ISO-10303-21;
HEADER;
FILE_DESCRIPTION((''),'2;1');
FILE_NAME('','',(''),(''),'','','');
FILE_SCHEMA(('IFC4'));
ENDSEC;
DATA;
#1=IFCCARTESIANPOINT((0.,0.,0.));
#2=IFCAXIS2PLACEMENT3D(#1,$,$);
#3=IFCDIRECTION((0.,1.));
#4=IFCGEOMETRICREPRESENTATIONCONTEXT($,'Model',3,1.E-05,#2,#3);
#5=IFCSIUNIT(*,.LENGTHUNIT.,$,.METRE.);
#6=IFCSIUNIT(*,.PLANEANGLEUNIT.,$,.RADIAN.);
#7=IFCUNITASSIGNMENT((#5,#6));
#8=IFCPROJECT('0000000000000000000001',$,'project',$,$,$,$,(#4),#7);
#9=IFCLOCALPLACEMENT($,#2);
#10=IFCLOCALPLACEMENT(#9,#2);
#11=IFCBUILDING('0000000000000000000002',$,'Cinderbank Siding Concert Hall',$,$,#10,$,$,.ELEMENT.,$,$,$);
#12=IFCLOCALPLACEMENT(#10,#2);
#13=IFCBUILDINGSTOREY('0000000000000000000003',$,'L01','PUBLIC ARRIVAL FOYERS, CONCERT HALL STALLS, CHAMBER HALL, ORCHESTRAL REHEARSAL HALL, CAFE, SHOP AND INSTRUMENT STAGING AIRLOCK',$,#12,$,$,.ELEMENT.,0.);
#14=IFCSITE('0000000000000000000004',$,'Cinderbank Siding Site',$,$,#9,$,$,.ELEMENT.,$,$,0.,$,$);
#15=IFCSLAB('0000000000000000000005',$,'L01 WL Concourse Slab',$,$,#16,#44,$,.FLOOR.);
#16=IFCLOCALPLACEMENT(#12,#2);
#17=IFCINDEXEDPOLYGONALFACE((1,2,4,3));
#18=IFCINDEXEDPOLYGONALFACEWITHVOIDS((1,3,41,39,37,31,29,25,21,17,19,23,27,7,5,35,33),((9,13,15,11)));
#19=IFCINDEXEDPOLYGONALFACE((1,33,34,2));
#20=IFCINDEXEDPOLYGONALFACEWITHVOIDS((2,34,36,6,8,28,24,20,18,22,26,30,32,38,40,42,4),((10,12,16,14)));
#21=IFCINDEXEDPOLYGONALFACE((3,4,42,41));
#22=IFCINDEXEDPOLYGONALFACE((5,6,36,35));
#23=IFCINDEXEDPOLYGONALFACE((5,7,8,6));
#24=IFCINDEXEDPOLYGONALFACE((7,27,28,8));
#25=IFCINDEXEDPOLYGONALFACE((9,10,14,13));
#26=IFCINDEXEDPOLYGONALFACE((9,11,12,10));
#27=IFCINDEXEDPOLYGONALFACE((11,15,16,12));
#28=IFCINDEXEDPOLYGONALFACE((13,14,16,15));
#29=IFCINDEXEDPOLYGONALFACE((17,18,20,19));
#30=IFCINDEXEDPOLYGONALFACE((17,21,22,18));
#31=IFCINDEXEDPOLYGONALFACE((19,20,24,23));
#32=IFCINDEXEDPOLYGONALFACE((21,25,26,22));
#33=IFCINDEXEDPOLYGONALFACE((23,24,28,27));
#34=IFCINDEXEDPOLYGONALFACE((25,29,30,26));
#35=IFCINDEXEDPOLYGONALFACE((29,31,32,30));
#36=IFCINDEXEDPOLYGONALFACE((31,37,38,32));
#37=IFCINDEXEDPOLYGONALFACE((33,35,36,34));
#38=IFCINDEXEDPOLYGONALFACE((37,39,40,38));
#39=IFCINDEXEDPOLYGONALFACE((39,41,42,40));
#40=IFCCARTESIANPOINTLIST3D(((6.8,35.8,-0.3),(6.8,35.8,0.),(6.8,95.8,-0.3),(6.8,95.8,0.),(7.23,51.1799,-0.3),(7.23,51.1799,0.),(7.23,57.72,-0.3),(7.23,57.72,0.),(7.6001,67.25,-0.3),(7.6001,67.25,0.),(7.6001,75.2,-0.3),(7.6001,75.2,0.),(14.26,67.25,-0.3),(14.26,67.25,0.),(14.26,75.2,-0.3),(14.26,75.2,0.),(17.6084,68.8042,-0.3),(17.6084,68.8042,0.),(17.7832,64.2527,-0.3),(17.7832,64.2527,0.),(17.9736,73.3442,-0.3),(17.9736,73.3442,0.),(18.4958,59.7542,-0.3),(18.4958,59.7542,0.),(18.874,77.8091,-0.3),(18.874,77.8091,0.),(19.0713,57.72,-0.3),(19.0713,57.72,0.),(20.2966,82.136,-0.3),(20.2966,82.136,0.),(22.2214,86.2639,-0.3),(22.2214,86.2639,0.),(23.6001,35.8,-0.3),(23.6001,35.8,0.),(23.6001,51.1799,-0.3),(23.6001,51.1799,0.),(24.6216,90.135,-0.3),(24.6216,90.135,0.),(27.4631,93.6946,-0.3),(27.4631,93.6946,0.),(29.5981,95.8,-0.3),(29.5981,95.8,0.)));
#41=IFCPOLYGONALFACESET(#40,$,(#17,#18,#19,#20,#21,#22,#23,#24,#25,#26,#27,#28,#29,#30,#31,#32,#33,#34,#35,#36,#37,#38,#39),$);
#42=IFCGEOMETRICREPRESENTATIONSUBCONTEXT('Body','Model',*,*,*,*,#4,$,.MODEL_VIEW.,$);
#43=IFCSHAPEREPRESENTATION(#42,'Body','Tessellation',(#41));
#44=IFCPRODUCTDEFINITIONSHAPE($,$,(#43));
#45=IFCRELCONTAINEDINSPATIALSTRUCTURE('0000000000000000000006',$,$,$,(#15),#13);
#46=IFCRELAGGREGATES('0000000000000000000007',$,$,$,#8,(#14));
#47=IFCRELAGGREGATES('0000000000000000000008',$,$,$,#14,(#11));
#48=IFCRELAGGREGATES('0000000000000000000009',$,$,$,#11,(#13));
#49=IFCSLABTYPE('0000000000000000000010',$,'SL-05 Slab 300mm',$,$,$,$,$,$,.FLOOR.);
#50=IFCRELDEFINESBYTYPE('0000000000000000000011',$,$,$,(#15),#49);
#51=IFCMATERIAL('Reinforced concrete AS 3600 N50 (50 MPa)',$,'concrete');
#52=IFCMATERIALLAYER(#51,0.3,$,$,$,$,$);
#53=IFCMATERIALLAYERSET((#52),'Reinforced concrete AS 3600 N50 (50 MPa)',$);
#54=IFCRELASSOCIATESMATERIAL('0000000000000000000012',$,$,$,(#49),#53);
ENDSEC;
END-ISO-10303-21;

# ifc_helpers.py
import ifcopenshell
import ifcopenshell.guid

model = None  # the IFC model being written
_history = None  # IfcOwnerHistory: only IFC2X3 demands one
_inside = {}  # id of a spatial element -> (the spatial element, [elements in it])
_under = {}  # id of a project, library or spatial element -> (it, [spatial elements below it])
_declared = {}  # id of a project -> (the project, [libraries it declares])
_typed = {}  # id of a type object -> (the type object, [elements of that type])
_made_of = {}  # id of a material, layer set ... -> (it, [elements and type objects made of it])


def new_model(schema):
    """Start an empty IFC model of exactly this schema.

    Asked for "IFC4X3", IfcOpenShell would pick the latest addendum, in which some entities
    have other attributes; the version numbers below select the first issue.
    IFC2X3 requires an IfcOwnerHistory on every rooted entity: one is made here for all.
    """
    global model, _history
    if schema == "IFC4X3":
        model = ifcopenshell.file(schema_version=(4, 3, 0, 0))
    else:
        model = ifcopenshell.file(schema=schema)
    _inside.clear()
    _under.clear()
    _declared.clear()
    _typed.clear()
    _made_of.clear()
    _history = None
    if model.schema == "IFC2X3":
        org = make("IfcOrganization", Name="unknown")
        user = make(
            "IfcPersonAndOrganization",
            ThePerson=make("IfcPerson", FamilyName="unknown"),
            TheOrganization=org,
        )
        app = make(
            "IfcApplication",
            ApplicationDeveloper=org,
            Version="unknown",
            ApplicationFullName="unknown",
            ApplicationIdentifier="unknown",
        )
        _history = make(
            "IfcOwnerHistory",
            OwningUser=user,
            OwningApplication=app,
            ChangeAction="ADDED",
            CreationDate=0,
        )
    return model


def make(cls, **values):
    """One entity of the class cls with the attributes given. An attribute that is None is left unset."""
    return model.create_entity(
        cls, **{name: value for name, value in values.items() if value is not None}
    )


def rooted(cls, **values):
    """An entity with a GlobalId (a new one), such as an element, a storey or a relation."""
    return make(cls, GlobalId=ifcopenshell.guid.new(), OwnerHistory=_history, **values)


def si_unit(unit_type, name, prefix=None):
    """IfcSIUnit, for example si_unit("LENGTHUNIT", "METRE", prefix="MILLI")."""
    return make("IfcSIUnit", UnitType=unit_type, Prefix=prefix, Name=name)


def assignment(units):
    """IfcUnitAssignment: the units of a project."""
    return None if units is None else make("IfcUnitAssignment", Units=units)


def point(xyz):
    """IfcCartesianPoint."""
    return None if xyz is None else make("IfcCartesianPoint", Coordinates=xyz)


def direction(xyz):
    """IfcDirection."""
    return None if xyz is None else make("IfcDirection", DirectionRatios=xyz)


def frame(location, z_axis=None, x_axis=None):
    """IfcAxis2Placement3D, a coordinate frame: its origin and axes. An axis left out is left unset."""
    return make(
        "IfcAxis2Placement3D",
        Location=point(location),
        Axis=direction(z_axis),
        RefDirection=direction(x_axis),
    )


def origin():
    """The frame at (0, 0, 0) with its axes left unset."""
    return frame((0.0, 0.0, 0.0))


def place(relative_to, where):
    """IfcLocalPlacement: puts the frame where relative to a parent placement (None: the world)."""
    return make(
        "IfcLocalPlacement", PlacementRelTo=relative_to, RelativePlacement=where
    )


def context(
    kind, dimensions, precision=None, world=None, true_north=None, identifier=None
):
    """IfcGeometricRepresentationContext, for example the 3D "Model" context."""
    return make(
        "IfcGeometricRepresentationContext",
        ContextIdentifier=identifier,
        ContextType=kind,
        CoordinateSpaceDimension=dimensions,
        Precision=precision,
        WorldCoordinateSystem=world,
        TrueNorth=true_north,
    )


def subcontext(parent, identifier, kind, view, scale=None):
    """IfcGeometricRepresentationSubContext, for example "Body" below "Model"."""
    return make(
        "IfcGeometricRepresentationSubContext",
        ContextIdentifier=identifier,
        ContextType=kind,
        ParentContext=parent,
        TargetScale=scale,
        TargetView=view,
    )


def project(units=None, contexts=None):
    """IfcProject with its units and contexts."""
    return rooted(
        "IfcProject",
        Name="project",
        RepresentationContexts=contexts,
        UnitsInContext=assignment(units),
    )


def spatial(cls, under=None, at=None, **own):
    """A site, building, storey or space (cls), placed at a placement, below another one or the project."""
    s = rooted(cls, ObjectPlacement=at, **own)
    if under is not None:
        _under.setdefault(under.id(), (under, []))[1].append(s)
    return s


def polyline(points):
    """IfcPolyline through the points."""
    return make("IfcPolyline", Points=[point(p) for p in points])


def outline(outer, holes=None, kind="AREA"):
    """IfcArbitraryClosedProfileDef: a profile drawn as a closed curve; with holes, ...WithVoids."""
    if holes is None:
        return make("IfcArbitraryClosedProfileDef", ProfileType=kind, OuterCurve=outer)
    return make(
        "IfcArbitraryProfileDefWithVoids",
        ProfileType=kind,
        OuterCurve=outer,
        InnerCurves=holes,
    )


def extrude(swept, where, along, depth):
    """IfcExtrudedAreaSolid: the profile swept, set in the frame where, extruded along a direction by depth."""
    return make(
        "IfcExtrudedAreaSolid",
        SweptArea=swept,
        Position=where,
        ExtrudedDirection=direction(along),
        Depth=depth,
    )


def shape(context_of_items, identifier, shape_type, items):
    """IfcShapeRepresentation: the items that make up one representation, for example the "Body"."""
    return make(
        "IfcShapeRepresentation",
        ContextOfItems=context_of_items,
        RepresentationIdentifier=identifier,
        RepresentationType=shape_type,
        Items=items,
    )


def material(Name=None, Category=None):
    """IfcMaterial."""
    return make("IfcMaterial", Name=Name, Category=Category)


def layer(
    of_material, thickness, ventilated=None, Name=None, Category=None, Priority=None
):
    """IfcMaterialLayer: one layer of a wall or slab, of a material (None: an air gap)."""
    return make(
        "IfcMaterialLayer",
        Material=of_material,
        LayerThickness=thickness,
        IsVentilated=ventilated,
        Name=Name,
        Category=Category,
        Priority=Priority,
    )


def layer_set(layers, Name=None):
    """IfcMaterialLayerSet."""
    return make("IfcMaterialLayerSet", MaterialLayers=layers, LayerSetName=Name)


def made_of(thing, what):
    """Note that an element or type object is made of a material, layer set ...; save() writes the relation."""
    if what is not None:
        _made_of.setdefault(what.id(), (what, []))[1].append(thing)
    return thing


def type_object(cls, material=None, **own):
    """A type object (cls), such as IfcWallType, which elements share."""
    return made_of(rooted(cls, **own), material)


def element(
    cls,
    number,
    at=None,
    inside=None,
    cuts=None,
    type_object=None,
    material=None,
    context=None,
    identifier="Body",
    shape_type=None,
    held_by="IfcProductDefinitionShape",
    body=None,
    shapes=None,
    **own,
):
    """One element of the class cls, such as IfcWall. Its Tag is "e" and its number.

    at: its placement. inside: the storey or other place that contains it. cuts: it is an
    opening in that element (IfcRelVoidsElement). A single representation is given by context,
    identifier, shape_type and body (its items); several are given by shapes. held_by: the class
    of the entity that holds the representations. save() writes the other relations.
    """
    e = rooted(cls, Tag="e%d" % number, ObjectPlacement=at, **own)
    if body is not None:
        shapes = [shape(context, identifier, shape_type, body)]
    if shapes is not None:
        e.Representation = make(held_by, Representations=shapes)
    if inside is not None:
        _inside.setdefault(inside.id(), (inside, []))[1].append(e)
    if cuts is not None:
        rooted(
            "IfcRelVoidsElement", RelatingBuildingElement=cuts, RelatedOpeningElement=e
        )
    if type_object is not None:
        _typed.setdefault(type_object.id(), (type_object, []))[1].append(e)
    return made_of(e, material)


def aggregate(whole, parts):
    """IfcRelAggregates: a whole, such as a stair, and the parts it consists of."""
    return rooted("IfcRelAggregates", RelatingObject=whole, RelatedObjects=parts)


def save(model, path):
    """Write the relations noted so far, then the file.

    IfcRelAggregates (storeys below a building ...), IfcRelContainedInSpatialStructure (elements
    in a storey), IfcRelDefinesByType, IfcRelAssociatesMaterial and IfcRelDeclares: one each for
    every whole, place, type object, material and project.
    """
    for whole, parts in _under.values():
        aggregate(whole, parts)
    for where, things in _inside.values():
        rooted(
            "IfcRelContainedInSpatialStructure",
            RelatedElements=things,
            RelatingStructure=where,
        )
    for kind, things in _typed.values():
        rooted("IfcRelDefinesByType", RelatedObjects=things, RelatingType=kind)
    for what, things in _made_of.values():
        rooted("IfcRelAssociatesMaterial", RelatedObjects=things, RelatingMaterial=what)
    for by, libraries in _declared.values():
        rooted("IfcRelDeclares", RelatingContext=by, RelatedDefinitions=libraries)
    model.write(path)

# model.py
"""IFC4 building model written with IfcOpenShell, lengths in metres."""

from ifc_helpers import new_model, si_unit, direction, frame, origin, place, context, subcontext, project, spatial, polyline, outline, extrude, material, layer, layer_set, type_object, element, save


model = new_model("IFC4")

# Units and contexts
model_context = context("Model", 3, precision=1e-05, world=origin(), true_north=direction((0.0, 1.0)))
body_context = subcontext(model_context, "Body", "Model", "MODEL_VIEW")
ifc_project = project(units=[si_unit("LENGTHUNIT", "METRE"), si_unit("PLANEANGLEUNIT", "RADIAN")], contexts=[model_context])

# Site, building, storey
site_placement = place(None, origin())
site = spatial("IfcSite", under=ifc_project, at=site_placement, Name="Cinderbank Siding Site", CompositionType="ELEMENT", RefElevation=0.0)
building_placement = place(site_placement, origin())
building = spatial("IfcBuilding", under=site, at=building_placement, Name="Cinderbank Siding Concert Hall", CompositionType="ELEMENT")
storey_placement = place(building_placement, origin())
storey = spatial("IfcBuildingStorey", under=building, at=storey_placement, Name="L01", Description="PUBLIC ARRIVAL FOYERS, CONCERT HALL STALLS, CHAMBER HALL, ORCHESTRAL REHEARSAL HALL, CAFE, SHOP AND INSTRUMENT STAGING AIRLOCK", CompositionType="ELEMENT", Elevation=0.0)

# Shared definitions
ifc_material = material(Name="Reinforced concrete AS 3600 N50 (50 MPa)", Category="concrete")

# Slab
ifc_layer_1 = layer(ifc_material, 0.3)
ifc_layer_set_1 = layer_set([ifc_layer_1], Name="Reinforced concrete AS 3600 N50 (50 MPa)")
slab_type_1 = type_object("IfcSlabType", Name="SL-05 Slab 300mm", PredefinedType="FLOOR", material=ifc_layer_set_1)
slab_1_placement = place(storey_placement, frame((0.0, 0.0, -0.3)))
element("IfcSlab", 1, at=slab_1_placement, inside=storey, type_object=slab_type_1, Name="L01 WL Concourse Slab", PredefinedType="FLOOR", context=body_context, shape_type="SweptSolid", body=[
    extrude(outline(polyline([(29.5981, 95.8), (27.4631, 93.6946), (24.6216, 90.135), (22.2214, 86.2639), (20.2966, 82.136), (18.874, 77.8091), (17.9736, 73.3442), (17.6084, 68.8042), (17.7832, 64.2527), (18.4958, 59.7542), (19.0713, 57.72), (7.23, 57.72), (7.23, 51.1799), (23.6001, 51.1799), (23.6001, 35.8), (6.8, 35.8), (6.8, 95.8), (29.5981, 95.8)]), holes=[polyline([(14.26, 67.25), (14.26, 75.2), (7.6001, 75.2), (7.6001, 67.25), (14.26, 67.25)])]), origin(), (0.0, 0.0, 1.0), 0.3),
])

save(model, "model.ifc")
